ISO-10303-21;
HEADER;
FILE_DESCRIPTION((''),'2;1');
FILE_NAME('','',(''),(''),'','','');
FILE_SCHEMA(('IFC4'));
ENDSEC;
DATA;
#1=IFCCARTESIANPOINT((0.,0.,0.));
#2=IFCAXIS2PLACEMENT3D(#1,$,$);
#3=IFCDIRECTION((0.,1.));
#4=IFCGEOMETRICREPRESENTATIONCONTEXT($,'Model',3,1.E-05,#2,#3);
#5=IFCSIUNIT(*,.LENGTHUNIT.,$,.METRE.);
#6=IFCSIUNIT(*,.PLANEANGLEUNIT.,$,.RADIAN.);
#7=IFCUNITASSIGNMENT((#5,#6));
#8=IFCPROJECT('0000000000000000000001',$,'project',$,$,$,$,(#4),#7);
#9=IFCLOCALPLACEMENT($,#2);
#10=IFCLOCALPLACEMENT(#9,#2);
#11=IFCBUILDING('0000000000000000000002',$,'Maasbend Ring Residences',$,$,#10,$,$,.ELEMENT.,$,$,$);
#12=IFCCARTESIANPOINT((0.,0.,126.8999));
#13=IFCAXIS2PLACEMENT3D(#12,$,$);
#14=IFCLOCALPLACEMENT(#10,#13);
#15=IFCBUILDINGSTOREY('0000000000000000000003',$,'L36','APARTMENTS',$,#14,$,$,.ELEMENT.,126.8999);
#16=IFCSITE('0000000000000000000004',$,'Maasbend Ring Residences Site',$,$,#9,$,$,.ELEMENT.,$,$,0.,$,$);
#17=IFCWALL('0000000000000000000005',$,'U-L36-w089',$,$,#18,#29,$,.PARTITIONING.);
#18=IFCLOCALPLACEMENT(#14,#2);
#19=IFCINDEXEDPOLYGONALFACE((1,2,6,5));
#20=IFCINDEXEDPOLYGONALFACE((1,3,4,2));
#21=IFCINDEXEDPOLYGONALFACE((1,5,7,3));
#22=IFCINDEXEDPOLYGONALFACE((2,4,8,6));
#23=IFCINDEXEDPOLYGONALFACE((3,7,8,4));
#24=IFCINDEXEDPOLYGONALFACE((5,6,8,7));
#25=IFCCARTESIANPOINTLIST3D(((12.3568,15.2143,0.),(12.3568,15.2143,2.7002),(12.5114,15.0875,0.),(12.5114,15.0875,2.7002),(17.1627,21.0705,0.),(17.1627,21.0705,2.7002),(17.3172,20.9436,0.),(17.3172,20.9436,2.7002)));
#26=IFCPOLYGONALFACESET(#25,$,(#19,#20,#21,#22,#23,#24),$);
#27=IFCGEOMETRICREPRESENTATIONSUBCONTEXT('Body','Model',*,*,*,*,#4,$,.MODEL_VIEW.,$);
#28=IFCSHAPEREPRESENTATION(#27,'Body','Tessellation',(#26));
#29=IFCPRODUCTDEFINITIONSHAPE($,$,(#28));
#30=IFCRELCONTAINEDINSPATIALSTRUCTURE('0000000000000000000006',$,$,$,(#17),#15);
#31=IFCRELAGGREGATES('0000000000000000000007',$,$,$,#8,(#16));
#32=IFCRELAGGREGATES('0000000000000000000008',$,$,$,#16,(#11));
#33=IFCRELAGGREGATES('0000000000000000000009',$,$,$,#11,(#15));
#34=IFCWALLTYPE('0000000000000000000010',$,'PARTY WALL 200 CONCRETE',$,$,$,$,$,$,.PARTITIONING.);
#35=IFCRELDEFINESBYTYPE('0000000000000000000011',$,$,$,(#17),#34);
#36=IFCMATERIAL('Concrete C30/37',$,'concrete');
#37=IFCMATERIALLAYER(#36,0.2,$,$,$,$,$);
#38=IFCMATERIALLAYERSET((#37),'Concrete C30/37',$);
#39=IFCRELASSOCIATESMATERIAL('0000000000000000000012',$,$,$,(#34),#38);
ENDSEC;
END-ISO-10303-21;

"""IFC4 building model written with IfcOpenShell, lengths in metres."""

from ifc_helpers import new_model, si_unit, direction, frame, frame_2d, origin, place, context, subcontext, project, spatial, rectangle, extrude, material, layer, layer_set, type_object, element, save


model = new_model("IFC4")

# Units and contexts
model_context = context("Model", 3, precision=1e-05, world=origin(), true_north=direction((0.0, 1.0)))
body_context = subcontext(model_context, "Body", "Model", "MODEL_VIEW")
ifc_project = project(units=[si_unit("LENGTHUNIT", "METRE"), si_unit("PLANEANGLEUNIT", "RADIAN")], contexts=[model_context])

# Site, building, storey
site_placement = place(None, origin())
site = spatial("IfcSite", under=ifc_project, at=site_placement, Name="Maasbend Ring Residences Site", CompositionType="ELEMENT", RefElevation=0.0)
building_placement = place(site_placement, origin())
building = spatial("IfcBuilding", under=site, at=building_placement, Name="Maasbend Ring Residences", CompositionType="ELEMENT")
storey_placement = place(building_placement, frame((0.0, 0.0, 126.8999)))
storey = spatial("IfcBuildingStorey", under=building, at=storey_placement, Name="L36", Description="APARTMENTS", CompositionType="ELEMENT", Elevation=126.8999)

# Wall
ifc_material_1 = material(Name="Concrete C30/37", Category="concrete")
ifc_layer_1 = layer(ifc_material_1, 0.2)
ifc_layer_set_1 = layer_set([ifc_layer_1], Name="Concrete C30/37")
wall_type_1 = type_object("IfcWallType", Name="PARTY WALL 200 CONCRETE", PredefinedType="PARTITIONING", material=ifc_layer_set_1)
wall_1_placement = place(storey_placement, frame((12.4341, 15.1509, 0.0), z_axis=(0.0, 0.0, 1.0), x_axis=(0.634381, 0.77302, 0.0)))
element("IfcWall", 1, at=wall_1_placement, inside=storey, type_object=wall_type_1, Name="U-L36-w089", PredefinedType="PARTITIONING", context=body_context, shape_type="SweptSolid", body=[
    extrude(rectangle(XDim=7.5757, YDim=0.2, at=frame_2d((3.7878, 0.0))), origin(), (0.0, 0.0, 1.0), 2.7002),
])

save(model, "model.ifc")
